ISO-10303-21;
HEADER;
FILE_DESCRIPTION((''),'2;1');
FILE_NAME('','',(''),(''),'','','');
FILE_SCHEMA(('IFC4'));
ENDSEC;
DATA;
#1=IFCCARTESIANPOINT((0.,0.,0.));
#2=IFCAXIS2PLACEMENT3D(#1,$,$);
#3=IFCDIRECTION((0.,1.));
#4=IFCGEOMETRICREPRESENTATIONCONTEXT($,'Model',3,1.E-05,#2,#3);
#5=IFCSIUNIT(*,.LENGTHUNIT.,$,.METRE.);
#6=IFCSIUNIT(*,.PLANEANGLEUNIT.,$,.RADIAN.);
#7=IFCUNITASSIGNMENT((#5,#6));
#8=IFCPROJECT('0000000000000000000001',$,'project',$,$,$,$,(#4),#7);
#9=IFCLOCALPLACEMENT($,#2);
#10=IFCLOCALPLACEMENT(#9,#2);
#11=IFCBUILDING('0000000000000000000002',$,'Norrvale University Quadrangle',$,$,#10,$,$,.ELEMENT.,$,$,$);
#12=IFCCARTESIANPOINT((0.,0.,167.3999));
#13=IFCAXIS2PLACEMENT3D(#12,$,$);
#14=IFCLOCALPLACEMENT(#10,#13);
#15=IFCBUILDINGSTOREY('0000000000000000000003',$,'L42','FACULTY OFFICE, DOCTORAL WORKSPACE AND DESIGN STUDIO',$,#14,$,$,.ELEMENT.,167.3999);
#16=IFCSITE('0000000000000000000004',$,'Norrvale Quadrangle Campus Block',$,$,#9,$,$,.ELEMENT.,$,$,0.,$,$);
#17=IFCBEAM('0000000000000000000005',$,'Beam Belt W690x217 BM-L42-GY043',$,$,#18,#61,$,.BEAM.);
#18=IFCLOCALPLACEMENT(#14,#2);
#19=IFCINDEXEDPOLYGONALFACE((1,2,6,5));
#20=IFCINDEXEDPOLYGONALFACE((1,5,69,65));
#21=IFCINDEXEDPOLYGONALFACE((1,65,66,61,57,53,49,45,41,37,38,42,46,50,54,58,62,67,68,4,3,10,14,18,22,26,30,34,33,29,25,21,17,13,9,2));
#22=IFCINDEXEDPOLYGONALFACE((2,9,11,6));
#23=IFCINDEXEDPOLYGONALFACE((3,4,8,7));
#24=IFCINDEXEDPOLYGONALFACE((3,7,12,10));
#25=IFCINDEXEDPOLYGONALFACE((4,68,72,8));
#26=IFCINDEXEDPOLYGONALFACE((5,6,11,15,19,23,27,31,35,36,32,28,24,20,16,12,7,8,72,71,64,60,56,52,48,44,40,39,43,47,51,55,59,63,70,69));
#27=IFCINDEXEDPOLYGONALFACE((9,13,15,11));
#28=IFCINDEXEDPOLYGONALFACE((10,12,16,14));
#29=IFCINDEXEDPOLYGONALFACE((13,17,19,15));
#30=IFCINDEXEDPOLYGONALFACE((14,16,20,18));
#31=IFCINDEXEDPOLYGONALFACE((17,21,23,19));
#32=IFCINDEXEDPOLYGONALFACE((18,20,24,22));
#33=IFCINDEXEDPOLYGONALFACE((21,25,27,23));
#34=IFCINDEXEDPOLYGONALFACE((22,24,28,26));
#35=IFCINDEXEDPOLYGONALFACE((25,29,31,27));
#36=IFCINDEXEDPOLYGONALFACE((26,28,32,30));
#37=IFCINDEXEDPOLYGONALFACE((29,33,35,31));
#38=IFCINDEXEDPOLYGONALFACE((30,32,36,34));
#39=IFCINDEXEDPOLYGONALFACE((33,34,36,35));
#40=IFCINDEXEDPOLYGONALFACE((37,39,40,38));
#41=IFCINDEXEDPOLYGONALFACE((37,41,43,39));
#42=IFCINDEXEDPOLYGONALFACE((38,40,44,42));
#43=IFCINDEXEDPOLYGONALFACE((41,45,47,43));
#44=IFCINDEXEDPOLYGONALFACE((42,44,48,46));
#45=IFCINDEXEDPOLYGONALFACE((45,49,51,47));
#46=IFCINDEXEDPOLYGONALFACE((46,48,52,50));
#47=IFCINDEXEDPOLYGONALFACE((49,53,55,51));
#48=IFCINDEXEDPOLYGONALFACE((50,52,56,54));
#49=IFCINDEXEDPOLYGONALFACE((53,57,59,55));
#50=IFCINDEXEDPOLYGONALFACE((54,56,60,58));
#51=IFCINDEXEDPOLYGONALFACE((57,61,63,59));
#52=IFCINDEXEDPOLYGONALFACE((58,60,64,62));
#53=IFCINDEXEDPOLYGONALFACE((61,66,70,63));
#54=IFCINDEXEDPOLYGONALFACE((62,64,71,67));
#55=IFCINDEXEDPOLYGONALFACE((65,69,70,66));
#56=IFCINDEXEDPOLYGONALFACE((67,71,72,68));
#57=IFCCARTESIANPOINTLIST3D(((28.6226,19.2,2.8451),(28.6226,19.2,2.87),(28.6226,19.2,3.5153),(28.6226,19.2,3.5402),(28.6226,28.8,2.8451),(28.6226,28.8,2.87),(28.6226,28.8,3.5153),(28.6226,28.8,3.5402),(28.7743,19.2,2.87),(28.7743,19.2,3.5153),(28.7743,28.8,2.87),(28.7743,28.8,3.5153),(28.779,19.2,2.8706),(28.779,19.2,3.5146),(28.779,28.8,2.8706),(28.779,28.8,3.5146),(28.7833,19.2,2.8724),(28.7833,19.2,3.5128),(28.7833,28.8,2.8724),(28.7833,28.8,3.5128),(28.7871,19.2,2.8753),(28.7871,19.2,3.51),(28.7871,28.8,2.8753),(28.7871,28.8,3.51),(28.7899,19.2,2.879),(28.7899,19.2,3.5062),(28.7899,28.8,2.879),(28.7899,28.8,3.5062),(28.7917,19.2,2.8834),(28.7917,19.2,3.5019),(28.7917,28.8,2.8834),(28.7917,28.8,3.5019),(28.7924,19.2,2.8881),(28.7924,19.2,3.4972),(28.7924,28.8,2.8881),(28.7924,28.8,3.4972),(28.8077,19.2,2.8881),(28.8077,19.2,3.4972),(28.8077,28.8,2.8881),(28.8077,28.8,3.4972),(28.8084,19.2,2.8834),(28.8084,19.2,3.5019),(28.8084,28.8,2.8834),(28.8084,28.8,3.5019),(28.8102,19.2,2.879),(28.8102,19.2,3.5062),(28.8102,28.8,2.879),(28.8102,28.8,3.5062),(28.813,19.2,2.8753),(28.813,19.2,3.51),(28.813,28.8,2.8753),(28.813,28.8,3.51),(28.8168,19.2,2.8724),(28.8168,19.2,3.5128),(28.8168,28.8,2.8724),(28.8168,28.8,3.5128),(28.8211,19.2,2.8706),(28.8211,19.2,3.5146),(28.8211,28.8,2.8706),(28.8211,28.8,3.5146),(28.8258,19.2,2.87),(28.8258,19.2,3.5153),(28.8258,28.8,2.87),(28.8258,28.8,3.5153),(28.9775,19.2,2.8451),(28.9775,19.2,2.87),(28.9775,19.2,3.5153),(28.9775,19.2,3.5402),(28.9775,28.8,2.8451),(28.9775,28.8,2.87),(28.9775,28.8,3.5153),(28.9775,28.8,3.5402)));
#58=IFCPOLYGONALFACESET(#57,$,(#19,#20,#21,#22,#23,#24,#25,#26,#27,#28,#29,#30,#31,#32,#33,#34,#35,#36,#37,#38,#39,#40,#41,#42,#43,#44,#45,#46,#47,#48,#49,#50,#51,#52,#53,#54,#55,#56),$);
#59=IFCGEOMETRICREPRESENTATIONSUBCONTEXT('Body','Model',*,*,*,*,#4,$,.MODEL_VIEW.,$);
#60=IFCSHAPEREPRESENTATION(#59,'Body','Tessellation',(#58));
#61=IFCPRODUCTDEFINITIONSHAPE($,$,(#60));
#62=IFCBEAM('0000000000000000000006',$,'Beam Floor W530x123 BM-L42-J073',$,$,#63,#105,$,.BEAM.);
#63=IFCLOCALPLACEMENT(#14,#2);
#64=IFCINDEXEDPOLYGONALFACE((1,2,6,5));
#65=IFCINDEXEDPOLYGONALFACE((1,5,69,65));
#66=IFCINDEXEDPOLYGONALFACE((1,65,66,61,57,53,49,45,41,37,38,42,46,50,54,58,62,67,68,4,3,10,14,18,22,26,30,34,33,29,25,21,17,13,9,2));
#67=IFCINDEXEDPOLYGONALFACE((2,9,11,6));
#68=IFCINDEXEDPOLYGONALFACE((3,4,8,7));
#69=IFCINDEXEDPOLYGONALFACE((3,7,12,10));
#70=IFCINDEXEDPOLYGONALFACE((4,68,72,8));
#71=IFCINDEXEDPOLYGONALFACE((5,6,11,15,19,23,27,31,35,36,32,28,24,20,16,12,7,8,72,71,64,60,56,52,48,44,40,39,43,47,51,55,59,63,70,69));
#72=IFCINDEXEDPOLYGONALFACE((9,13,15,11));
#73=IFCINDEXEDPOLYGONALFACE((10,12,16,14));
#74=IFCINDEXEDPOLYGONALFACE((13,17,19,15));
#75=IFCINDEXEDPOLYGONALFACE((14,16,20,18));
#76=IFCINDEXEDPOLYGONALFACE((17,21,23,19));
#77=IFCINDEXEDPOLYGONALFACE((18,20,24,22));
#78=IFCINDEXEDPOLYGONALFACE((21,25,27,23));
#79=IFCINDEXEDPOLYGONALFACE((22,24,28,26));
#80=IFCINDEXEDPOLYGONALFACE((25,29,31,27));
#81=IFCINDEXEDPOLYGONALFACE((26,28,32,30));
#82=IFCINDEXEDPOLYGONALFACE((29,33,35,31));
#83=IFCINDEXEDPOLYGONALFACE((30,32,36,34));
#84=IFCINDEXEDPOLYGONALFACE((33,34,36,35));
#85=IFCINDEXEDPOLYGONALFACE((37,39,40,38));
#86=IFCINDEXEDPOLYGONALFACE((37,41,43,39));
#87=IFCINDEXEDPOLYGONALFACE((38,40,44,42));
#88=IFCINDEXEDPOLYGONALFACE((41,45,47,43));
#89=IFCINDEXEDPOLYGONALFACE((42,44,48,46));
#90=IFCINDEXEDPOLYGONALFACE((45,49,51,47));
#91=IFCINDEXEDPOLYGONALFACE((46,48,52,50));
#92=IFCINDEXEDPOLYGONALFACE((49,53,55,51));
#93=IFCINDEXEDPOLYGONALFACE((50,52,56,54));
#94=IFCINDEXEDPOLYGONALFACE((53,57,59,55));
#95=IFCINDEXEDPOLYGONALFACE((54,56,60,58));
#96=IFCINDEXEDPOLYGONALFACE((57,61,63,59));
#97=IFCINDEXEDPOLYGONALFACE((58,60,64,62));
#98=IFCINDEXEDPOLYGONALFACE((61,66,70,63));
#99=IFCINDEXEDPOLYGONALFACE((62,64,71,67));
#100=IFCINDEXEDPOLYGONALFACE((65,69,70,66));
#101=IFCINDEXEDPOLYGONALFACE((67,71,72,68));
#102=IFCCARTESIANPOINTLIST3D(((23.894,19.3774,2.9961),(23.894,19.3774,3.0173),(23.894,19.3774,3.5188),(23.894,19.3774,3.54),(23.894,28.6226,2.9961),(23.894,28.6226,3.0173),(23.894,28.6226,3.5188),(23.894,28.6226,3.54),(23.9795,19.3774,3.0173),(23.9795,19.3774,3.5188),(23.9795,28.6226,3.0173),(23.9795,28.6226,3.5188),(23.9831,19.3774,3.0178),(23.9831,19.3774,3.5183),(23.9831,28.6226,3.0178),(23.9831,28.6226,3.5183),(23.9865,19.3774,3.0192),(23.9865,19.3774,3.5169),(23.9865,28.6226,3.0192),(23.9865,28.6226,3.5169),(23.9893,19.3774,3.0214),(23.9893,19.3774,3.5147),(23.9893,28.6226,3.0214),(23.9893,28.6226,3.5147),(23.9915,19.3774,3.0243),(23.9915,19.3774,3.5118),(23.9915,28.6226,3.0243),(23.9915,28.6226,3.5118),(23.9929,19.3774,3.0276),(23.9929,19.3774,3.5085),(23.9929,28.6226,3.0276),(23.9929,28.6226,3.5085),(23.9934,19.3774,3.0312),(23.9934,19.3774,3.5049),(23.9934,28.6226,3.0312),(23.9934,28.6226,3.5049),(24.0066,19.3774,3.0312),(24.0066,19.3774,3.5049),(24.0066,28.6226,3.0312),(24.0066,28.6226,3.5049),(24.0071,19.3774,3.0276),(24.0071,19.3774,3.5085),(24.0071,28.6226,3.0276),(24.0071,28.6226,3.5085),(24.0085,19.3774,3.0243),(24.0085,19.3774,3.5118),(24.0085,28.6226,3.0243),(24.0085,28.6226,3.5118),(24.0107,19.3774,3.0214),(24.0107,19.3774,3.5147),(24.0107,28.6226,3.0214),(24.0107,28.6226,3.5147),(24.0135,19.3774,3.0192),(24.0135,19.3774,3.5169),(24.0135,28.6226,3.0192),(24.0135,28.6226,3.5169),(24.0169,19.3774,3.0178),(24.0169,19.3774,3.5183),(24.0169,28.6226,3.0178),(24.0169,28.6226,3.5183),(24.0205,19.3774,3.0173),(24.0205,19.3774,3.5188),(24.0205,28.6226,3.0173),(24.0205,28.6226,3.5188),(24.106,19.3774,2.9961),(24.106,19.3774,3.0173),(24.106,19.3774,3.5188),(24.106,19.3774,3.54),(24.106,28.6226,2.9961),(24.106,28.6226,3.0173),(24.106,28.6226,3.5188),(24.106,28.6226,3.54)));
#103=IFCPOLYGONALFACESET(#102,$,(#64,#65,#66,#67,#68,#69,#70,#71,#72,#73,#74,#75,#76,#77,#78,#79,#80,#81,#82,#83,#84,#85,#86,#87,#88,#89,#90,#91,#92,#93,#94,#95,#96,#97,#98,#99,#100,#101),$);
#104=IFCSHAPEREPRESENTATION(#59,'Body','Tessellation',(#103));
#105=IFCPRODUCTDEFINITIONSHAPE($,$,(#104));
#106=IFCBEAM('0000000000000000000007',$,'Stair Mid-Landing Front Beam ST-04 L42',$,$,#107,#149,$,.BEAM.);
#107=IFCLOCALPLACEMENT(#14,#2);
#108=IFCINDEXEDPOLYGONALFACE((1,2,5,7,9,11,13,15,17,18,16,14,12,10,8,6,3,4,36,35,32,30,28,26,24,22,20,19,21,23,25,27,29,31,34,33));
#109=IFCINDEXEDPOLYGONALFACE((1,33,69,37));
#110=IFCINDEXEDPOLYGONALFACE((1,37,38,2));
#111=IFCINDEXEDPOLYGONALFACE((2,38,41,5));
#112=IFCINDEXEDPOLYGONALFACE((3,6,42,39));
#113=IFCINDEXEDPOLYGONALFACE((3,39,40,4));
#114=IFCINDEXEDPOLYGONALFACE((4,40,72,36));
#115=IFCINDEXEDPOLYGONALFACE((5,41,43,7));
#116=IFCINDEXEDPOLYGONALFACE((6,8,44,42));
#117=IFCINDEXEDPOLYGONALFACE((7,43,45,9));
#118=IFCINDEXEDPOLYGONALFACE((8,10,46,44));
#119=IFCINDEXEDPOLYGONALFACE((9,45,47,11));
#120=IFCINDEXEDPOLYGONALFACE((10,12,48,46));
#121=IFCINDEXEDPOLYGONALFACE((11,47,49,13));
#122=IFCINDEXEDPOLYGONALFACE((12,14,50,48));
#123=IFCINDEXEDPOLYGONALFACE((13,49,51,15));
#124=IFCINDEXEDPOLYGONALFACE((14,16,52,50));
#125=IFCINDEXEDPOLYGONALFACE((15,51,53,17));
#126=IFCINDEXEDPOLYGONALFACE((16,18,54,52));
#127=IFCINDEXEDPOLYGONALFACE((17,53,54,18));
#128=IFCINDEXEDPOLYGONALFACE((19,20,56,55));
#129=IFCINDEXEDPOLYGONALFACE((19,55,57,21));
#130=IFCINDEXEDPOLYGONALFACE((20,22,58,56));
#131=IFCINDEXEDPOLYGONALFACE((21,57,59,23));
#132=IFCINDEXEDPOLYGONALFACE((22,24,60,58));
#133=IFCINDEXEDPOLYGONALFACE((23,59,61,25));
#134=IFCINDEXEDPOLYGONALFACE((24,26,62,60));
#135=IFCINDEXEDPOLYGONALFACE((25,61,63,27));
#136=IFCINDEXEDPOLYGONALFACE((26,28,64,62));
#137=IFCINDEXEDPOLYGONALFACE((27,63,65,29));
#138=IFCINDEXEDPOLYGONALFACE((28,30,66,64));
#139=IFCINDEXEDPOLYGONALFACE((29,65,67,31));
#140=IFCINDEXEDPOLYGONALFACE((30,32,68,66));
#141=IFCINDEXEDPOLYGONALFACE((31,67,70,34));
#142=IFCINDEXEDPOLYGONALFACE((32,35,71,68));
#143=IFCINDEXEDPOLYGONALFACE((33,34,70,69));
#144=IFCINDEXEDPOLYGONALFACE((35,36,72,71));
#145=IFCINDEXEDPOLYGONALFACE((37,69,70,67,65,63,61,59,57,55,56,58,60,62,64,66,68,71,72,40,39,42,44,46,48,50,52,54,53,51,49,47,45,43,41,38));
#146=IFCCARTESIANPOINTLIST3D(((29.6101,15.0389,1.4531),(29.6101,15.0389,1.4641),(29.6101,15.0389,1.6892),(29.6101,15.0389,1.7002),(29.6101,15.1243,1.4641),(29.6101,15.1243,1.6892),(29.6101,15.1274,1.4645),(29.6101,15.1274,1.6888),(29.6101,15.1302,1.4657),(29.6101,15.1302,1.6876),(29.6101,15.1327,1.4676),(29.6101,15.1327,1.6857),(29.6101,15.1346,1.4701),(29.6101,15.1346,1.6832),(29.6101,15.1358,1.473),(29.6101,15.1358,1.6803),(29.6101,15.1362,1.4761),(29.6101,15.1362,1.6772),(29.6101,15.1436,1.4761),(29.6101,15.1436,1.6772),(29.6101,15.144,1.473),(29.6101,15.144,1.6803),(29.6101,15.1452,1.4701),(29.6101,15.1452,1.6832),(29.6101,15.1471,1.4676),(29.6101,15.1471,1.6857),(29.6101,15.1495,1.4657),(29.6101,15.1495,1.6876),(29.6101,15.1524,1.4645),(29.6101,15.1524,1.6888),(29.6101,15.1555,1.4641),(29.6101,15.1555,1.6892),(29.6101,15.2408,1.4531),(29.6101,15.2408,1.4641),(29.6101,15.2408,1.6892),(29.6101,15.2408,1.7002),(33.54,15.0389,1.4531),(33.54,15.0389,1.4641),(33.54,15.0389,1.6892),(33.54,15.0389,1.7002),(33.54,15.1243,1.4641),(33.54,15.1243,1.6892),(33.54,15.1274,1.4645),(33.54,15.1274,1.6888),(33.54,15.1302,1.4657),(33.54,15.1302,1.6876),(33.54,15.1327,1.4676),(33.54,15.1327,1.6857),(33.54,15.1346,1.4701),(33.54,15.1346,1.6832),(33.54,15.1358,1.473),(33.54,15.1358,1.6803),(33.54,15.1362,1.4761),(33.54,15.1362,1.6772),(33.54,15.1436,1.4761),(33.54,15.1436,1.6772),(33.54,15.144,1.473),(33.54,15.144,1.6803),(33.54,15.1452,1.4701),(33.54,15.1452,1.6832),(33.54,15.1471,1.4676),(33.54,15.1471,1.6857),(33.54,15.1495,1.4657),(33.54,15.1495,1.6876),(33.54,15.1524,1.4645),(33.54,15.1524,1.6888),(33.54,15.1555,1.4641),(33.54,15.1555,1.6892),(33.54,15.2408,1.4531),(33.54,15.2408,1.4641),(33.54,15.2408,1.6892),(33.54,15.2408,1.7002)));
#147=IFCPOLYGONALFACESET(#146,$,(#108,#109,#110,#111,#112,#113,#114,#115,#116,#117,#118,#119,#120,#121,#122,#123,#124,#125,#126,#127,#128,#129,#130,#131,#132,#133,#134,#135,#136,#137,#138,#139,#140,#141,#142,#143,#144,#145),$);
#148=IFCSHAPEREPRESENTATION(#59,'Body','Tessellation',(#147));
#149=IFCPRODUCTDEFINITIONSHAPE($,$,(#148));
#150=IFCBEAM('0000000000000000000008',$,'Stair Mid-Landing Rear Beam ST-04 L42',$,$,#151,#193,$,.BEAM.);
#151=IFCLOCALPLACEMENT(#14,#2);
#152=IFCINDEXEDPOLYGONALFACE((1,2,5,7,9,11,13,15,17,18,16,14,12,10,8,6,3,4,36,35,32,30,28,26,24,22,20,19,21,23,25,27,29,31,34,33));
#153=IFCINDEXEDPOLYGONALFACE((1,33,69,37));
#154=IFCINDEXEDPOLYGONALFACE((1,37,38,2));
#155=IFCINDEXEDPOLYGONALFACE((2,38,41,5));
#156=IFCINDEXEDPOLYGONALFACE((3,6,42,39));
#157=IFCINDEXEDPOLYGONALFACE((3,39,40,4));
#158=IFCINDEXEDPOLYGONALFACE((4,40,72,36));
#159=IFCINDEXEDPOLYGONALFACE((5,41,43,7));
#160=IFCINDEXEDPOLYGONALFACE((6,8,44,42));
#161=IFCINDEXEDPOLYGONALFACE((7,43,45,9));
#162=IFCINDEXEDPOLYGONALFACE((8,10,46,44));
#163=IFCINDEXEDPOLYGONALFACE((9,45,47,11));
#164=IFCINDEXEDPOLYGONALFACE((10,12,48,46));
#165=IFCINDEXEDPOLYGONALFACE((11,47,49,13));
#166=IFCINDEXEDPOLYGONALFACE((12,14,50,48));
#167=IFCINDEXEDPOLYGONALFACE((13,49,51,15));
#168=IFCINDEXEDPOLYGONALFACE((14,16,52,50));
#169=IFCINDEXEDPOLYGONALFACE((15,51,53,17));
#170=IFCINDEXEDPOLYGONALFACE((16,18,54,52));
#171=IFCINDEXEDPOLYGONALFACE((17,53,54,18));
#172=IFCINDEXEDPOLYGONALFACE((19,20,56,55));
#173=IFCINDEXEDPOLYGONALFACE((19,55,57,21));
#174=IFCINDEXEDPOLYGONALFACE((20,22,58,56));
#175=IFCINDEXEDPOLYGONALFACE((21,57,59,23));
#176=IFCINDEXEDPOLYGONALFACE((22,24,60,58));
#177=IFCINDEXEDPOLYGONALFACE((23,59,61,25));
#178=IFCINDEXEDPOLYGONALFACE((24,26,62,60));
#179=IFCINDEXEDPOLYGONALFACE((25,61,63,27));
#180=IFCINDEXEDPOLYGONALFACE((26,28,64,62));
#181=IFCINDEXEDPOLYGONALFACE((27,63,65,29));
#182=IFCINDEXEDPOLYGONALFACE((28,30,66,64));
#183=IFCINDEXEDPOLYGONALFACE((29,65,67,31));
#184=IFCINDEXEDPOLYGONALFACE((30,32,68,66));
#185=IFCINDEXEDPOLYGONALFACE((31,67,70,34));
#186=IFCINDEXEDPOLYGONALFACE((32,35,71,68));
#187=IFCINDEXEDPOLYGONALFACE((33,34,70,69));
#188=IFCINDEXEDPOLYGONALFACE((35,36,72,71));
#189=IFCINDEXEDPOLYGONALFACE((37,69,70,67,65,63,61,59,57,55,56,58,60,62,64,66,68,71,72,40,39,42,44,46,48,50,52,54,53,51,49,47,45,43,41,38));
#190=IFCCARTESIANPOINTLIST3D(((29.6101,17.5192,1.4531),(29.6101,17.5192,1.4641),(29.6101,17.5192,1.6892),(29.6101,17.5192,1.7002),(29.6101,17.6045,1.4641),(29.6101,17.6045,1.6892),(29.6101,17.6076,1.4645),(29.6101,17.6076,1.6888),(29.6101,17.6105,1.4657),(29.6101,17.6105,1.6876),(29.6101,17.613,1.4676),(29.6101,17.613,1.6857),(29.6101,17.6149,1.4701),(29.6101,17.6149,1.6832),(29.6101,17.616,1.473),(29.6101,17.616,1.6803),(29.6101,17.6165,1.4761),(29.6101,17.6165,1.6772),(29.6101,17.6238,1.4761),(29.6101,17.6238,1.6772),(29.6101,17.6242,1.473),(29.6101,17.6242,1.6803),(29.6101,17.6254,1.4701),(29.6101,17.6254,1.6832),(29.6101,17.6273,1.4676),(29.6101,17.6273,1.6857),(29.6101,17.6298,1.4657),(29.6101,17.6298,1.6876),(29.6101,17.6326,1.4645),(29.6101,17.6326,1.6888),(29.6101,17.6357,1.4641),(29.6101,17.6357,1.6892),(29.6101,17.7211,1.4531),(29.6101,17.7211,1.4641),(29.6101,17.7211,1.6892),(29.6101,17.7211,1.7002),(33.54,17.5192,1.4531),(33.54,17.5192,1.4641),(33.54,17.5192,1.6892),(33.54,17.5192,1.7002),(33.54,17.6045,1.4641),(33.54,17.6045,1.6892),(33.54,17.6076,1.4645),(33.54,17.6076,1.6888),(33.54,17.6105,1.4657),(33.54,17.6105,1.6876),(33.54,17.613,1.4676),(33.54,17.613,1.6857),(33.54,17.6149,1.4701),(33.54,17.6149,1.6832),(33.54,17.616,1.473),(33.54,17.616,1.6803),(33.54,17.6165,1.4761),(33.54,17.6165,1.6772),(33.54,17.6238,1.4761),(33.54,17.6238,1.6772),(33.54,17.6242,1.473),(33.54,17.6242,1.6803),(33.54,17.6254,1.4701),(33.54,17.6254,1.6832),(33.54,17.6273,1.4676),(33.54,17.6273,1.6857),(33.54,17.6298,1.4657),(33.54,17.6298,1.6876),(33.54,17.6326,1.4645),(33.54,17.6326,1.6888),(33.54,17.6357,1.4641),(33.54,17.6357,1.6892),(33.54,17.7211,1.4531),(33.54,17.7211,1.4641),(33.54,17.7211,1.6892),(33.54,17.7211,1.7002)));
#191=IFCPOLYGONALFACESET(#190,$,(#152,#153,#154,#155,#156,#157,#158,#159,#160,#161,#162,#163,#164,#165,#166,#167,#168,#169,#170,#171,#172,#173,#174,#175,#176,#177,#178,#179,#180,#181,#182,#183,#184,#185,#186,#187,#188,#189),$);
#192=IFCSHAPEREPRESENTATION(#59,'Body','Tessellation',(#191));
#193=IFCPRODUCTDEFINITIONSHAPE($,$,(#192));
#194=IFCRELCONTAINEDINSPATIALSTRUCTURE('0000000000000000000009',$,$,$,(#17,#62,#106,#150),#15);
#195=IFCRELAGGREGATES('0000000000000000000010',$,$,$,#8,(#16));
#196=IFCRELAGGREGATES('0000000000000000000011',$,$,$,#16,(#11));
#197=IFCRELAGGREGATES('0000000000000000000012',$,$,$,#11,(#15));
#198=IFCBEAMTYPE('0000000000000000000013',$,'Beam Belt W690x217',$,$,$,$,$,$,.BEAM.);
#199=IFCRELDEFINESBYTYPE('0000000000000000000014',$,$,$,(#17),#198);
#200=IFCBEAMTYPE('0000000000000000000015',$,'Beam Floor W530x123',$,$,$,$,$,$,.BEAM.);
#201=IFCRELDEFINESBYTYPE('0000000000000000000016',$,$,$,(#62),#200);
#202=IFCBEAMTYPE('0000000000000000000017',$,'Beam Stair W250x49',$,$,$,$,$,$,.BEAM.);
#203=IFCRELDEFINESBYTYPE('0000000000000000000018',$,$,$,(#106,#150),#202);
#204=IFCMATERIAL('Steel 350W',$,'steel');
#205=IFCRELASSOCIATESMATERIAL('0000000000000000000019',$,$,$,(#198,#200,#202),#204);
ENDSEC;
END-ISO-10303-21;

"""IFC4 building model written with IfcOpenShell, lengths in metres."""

from ifc_helpers import new_model, si_unit, direction, frame, origin, origin_2d, place, context, subcontext, project, spatial, i_section, extrude, material, material_profile, profile_set, type_object, element, save


model = new_model("IFC4")

# Units and contexts
model_context = context("Model", 3, precision=1e-05, world=origin(), true_north=direction((0.0, 1.0)))
body_context = subcontext(model_context, "Body", "Model", "MODEL_VIEW")
ifc_project = project(units=[si_unit("LENGTHUNIT", "METRE"), si_unit("PLANEANGLEUNIT", "RADIAN")], contexts=[model_context])

# Site, building, storey
site_placement = place(None, origin())
site = spatial("IfcSite", under=ifc_project, at=site_placement, Name="Norrvale Quadrangle Campus Block", CompositionType="ELEMENT", RefElevation=0.0)
building_placement = place(site_placement, origin())
building = spatial("IfcBuilding", under=site, at=building_placement, Name="Norrvale University Quadrangle", CompositionType="ELEMENT")
storey_placement = place(building_placement, frame((0.0, 0.0, 167.3999)))
storey = spatial("IfcBuildingStorey", under=building, at=storey_placement, Name="L42", Description="FACULTY OFFICE, DOCTORAL WORKSPACE AND DESIGN STUDIO", CompositionType="ELEMENT", Elevation=167.3999)

# Beams
ifc_material_1 = material(Name="Steel 350W", Category="steel")
ifc_material_profile_1 = material_profile(ifc_material_1, i_section(OverallWidth=0.355, OverallDepth=0.6951, WebThickness=0.0154, FlangeThickness=0.0249, FilletRadius=0.0181, at=origin_2d()), Name="Steel 350W")
ifc_profile_set_1 = profile_set([ifc_material_profile_1], Name="Steel 350W")
beam_type_1 = type_object("IfcBeamType", Name="Beam Belt W690x217", PredefinedType="BEAM", material=ifc_profile_set_1)
for number, where, z_axis, x_axis, name in (
    (1, (28.8, 19.2, 3.1926), (0.0, 1.0, 0.0), (-1.0, 0.0, 0.0), "Beam Belt W690x217 BM-L42-GY043"),
):
    element("IfcBeam", number, at=place(storey_placement, frame(where, z_axis=z_axis, x_axis=x_axis)), inside=storey, type_object=beam_type_1, Name=name, PredefinedType="BEAM", context=body_context, shape_type="SweptSolid", body=[
        extrude(i_section(OverallWidth=0.355, OverallDepth=0.6951, WebThickness=0.0154, FlangeThickness=0.0249, FilletRadius=0.0181, at=origin_2d()), origin(), (0.0, 0.0, 1.0), 9.6001),
    ])
ifc_material_profile_2 = material_profile(ifc_material_1, i_section(OverallWidth=0.2119, OverallDepth=0.5439, WebThickness=0.0132, FlangeThickness=0.0212, FilletRadius=0.0139, at=origin_2d()), Name="Steel 350W")
ifc_profile_set_2 = profile_set([ifc_material_profile_2], Name="Steel 350W")
beam_type_2 = type_object("IfcBeamType", Name="Beam Floor W530x123", PredefinedType="BEAM", material=ifc_profile_set_2)
beam_1_placement = place(storey_placement, frame((24.0, 19.3774, 3.2681), z_axis=(0.0, 1.0, 0.0), x_axis=(-1.0, 0.0, 0.0)))
element("IfcBeam", 2, at=beam_1_placement, inside=storey, type_object=beam_type_2, Name="Beam Floor W530x123 BM-L42-J073", PredefinedType="BEAM", context=body_context, shape_type="SweptSolid", body=[
    extrude(i_section(OverallWidth=0.2119, OverallDepth=0.5439, WebThickness=0.0132, FlangeThickness=0.0212, FilletRadius=0.0139, at=origin_2d()), origin(), (0.0, 0.0, 1.0), 9.2451),
])
ifc_material_profile_3 = material_profile(ifc_material_1, i_section(OverallWidth=0.2019, OverallDepth=0.2471, WebThickness=0.0073, FlangeThickness=0.011, FilletRadius=0.012, at=origin_2d()), Name="Steel 350W")
ifc_profile_set_3 = profile_set([ifc_material_profile_3], Name="Steel 350W")
beam_type_3 = type_object("IfcBeamType", Name="Beam Stair W250x49", PredefinedType="BEAM", material=ifc_profile_set_3)
for number, where, z_axis, x_axis, name in (
    (3, (29.6101, 15.1399, 1.5767), (1.0, 0.0, 0.0), (0.0, 1.0, 0.0), "Stair Mid-Landing Front Beam ST-04 L42"),
    (4, (29.6101, 17.6201, 1.5767), (1.0, 0.0, 0.0), (0.0, 1.0, 0.0), "Stair Mid-Landing Rear Beam ST-04 L42"),
):
    element("IfcBeam", number, at=place(storey_placement, frame(where, z_axis=z_axis, x_axis=x_axis)), inside=storey, type_object=beam_type_3, Name=name, PredefinedType="BEAM", context=body_context, shape_type="SweptSolid", body=[
        extrude(i_section(OverallWidth=0.2019, OverallDepth=0.2471, WebThickness=0.0073, FlangeThickness=0.011, FilletRadius=0.012, at=origin_2d()), origin(), (0.0, 0.0, 1.0), 3.9299),
    ])

save(model, "model.ifc")
